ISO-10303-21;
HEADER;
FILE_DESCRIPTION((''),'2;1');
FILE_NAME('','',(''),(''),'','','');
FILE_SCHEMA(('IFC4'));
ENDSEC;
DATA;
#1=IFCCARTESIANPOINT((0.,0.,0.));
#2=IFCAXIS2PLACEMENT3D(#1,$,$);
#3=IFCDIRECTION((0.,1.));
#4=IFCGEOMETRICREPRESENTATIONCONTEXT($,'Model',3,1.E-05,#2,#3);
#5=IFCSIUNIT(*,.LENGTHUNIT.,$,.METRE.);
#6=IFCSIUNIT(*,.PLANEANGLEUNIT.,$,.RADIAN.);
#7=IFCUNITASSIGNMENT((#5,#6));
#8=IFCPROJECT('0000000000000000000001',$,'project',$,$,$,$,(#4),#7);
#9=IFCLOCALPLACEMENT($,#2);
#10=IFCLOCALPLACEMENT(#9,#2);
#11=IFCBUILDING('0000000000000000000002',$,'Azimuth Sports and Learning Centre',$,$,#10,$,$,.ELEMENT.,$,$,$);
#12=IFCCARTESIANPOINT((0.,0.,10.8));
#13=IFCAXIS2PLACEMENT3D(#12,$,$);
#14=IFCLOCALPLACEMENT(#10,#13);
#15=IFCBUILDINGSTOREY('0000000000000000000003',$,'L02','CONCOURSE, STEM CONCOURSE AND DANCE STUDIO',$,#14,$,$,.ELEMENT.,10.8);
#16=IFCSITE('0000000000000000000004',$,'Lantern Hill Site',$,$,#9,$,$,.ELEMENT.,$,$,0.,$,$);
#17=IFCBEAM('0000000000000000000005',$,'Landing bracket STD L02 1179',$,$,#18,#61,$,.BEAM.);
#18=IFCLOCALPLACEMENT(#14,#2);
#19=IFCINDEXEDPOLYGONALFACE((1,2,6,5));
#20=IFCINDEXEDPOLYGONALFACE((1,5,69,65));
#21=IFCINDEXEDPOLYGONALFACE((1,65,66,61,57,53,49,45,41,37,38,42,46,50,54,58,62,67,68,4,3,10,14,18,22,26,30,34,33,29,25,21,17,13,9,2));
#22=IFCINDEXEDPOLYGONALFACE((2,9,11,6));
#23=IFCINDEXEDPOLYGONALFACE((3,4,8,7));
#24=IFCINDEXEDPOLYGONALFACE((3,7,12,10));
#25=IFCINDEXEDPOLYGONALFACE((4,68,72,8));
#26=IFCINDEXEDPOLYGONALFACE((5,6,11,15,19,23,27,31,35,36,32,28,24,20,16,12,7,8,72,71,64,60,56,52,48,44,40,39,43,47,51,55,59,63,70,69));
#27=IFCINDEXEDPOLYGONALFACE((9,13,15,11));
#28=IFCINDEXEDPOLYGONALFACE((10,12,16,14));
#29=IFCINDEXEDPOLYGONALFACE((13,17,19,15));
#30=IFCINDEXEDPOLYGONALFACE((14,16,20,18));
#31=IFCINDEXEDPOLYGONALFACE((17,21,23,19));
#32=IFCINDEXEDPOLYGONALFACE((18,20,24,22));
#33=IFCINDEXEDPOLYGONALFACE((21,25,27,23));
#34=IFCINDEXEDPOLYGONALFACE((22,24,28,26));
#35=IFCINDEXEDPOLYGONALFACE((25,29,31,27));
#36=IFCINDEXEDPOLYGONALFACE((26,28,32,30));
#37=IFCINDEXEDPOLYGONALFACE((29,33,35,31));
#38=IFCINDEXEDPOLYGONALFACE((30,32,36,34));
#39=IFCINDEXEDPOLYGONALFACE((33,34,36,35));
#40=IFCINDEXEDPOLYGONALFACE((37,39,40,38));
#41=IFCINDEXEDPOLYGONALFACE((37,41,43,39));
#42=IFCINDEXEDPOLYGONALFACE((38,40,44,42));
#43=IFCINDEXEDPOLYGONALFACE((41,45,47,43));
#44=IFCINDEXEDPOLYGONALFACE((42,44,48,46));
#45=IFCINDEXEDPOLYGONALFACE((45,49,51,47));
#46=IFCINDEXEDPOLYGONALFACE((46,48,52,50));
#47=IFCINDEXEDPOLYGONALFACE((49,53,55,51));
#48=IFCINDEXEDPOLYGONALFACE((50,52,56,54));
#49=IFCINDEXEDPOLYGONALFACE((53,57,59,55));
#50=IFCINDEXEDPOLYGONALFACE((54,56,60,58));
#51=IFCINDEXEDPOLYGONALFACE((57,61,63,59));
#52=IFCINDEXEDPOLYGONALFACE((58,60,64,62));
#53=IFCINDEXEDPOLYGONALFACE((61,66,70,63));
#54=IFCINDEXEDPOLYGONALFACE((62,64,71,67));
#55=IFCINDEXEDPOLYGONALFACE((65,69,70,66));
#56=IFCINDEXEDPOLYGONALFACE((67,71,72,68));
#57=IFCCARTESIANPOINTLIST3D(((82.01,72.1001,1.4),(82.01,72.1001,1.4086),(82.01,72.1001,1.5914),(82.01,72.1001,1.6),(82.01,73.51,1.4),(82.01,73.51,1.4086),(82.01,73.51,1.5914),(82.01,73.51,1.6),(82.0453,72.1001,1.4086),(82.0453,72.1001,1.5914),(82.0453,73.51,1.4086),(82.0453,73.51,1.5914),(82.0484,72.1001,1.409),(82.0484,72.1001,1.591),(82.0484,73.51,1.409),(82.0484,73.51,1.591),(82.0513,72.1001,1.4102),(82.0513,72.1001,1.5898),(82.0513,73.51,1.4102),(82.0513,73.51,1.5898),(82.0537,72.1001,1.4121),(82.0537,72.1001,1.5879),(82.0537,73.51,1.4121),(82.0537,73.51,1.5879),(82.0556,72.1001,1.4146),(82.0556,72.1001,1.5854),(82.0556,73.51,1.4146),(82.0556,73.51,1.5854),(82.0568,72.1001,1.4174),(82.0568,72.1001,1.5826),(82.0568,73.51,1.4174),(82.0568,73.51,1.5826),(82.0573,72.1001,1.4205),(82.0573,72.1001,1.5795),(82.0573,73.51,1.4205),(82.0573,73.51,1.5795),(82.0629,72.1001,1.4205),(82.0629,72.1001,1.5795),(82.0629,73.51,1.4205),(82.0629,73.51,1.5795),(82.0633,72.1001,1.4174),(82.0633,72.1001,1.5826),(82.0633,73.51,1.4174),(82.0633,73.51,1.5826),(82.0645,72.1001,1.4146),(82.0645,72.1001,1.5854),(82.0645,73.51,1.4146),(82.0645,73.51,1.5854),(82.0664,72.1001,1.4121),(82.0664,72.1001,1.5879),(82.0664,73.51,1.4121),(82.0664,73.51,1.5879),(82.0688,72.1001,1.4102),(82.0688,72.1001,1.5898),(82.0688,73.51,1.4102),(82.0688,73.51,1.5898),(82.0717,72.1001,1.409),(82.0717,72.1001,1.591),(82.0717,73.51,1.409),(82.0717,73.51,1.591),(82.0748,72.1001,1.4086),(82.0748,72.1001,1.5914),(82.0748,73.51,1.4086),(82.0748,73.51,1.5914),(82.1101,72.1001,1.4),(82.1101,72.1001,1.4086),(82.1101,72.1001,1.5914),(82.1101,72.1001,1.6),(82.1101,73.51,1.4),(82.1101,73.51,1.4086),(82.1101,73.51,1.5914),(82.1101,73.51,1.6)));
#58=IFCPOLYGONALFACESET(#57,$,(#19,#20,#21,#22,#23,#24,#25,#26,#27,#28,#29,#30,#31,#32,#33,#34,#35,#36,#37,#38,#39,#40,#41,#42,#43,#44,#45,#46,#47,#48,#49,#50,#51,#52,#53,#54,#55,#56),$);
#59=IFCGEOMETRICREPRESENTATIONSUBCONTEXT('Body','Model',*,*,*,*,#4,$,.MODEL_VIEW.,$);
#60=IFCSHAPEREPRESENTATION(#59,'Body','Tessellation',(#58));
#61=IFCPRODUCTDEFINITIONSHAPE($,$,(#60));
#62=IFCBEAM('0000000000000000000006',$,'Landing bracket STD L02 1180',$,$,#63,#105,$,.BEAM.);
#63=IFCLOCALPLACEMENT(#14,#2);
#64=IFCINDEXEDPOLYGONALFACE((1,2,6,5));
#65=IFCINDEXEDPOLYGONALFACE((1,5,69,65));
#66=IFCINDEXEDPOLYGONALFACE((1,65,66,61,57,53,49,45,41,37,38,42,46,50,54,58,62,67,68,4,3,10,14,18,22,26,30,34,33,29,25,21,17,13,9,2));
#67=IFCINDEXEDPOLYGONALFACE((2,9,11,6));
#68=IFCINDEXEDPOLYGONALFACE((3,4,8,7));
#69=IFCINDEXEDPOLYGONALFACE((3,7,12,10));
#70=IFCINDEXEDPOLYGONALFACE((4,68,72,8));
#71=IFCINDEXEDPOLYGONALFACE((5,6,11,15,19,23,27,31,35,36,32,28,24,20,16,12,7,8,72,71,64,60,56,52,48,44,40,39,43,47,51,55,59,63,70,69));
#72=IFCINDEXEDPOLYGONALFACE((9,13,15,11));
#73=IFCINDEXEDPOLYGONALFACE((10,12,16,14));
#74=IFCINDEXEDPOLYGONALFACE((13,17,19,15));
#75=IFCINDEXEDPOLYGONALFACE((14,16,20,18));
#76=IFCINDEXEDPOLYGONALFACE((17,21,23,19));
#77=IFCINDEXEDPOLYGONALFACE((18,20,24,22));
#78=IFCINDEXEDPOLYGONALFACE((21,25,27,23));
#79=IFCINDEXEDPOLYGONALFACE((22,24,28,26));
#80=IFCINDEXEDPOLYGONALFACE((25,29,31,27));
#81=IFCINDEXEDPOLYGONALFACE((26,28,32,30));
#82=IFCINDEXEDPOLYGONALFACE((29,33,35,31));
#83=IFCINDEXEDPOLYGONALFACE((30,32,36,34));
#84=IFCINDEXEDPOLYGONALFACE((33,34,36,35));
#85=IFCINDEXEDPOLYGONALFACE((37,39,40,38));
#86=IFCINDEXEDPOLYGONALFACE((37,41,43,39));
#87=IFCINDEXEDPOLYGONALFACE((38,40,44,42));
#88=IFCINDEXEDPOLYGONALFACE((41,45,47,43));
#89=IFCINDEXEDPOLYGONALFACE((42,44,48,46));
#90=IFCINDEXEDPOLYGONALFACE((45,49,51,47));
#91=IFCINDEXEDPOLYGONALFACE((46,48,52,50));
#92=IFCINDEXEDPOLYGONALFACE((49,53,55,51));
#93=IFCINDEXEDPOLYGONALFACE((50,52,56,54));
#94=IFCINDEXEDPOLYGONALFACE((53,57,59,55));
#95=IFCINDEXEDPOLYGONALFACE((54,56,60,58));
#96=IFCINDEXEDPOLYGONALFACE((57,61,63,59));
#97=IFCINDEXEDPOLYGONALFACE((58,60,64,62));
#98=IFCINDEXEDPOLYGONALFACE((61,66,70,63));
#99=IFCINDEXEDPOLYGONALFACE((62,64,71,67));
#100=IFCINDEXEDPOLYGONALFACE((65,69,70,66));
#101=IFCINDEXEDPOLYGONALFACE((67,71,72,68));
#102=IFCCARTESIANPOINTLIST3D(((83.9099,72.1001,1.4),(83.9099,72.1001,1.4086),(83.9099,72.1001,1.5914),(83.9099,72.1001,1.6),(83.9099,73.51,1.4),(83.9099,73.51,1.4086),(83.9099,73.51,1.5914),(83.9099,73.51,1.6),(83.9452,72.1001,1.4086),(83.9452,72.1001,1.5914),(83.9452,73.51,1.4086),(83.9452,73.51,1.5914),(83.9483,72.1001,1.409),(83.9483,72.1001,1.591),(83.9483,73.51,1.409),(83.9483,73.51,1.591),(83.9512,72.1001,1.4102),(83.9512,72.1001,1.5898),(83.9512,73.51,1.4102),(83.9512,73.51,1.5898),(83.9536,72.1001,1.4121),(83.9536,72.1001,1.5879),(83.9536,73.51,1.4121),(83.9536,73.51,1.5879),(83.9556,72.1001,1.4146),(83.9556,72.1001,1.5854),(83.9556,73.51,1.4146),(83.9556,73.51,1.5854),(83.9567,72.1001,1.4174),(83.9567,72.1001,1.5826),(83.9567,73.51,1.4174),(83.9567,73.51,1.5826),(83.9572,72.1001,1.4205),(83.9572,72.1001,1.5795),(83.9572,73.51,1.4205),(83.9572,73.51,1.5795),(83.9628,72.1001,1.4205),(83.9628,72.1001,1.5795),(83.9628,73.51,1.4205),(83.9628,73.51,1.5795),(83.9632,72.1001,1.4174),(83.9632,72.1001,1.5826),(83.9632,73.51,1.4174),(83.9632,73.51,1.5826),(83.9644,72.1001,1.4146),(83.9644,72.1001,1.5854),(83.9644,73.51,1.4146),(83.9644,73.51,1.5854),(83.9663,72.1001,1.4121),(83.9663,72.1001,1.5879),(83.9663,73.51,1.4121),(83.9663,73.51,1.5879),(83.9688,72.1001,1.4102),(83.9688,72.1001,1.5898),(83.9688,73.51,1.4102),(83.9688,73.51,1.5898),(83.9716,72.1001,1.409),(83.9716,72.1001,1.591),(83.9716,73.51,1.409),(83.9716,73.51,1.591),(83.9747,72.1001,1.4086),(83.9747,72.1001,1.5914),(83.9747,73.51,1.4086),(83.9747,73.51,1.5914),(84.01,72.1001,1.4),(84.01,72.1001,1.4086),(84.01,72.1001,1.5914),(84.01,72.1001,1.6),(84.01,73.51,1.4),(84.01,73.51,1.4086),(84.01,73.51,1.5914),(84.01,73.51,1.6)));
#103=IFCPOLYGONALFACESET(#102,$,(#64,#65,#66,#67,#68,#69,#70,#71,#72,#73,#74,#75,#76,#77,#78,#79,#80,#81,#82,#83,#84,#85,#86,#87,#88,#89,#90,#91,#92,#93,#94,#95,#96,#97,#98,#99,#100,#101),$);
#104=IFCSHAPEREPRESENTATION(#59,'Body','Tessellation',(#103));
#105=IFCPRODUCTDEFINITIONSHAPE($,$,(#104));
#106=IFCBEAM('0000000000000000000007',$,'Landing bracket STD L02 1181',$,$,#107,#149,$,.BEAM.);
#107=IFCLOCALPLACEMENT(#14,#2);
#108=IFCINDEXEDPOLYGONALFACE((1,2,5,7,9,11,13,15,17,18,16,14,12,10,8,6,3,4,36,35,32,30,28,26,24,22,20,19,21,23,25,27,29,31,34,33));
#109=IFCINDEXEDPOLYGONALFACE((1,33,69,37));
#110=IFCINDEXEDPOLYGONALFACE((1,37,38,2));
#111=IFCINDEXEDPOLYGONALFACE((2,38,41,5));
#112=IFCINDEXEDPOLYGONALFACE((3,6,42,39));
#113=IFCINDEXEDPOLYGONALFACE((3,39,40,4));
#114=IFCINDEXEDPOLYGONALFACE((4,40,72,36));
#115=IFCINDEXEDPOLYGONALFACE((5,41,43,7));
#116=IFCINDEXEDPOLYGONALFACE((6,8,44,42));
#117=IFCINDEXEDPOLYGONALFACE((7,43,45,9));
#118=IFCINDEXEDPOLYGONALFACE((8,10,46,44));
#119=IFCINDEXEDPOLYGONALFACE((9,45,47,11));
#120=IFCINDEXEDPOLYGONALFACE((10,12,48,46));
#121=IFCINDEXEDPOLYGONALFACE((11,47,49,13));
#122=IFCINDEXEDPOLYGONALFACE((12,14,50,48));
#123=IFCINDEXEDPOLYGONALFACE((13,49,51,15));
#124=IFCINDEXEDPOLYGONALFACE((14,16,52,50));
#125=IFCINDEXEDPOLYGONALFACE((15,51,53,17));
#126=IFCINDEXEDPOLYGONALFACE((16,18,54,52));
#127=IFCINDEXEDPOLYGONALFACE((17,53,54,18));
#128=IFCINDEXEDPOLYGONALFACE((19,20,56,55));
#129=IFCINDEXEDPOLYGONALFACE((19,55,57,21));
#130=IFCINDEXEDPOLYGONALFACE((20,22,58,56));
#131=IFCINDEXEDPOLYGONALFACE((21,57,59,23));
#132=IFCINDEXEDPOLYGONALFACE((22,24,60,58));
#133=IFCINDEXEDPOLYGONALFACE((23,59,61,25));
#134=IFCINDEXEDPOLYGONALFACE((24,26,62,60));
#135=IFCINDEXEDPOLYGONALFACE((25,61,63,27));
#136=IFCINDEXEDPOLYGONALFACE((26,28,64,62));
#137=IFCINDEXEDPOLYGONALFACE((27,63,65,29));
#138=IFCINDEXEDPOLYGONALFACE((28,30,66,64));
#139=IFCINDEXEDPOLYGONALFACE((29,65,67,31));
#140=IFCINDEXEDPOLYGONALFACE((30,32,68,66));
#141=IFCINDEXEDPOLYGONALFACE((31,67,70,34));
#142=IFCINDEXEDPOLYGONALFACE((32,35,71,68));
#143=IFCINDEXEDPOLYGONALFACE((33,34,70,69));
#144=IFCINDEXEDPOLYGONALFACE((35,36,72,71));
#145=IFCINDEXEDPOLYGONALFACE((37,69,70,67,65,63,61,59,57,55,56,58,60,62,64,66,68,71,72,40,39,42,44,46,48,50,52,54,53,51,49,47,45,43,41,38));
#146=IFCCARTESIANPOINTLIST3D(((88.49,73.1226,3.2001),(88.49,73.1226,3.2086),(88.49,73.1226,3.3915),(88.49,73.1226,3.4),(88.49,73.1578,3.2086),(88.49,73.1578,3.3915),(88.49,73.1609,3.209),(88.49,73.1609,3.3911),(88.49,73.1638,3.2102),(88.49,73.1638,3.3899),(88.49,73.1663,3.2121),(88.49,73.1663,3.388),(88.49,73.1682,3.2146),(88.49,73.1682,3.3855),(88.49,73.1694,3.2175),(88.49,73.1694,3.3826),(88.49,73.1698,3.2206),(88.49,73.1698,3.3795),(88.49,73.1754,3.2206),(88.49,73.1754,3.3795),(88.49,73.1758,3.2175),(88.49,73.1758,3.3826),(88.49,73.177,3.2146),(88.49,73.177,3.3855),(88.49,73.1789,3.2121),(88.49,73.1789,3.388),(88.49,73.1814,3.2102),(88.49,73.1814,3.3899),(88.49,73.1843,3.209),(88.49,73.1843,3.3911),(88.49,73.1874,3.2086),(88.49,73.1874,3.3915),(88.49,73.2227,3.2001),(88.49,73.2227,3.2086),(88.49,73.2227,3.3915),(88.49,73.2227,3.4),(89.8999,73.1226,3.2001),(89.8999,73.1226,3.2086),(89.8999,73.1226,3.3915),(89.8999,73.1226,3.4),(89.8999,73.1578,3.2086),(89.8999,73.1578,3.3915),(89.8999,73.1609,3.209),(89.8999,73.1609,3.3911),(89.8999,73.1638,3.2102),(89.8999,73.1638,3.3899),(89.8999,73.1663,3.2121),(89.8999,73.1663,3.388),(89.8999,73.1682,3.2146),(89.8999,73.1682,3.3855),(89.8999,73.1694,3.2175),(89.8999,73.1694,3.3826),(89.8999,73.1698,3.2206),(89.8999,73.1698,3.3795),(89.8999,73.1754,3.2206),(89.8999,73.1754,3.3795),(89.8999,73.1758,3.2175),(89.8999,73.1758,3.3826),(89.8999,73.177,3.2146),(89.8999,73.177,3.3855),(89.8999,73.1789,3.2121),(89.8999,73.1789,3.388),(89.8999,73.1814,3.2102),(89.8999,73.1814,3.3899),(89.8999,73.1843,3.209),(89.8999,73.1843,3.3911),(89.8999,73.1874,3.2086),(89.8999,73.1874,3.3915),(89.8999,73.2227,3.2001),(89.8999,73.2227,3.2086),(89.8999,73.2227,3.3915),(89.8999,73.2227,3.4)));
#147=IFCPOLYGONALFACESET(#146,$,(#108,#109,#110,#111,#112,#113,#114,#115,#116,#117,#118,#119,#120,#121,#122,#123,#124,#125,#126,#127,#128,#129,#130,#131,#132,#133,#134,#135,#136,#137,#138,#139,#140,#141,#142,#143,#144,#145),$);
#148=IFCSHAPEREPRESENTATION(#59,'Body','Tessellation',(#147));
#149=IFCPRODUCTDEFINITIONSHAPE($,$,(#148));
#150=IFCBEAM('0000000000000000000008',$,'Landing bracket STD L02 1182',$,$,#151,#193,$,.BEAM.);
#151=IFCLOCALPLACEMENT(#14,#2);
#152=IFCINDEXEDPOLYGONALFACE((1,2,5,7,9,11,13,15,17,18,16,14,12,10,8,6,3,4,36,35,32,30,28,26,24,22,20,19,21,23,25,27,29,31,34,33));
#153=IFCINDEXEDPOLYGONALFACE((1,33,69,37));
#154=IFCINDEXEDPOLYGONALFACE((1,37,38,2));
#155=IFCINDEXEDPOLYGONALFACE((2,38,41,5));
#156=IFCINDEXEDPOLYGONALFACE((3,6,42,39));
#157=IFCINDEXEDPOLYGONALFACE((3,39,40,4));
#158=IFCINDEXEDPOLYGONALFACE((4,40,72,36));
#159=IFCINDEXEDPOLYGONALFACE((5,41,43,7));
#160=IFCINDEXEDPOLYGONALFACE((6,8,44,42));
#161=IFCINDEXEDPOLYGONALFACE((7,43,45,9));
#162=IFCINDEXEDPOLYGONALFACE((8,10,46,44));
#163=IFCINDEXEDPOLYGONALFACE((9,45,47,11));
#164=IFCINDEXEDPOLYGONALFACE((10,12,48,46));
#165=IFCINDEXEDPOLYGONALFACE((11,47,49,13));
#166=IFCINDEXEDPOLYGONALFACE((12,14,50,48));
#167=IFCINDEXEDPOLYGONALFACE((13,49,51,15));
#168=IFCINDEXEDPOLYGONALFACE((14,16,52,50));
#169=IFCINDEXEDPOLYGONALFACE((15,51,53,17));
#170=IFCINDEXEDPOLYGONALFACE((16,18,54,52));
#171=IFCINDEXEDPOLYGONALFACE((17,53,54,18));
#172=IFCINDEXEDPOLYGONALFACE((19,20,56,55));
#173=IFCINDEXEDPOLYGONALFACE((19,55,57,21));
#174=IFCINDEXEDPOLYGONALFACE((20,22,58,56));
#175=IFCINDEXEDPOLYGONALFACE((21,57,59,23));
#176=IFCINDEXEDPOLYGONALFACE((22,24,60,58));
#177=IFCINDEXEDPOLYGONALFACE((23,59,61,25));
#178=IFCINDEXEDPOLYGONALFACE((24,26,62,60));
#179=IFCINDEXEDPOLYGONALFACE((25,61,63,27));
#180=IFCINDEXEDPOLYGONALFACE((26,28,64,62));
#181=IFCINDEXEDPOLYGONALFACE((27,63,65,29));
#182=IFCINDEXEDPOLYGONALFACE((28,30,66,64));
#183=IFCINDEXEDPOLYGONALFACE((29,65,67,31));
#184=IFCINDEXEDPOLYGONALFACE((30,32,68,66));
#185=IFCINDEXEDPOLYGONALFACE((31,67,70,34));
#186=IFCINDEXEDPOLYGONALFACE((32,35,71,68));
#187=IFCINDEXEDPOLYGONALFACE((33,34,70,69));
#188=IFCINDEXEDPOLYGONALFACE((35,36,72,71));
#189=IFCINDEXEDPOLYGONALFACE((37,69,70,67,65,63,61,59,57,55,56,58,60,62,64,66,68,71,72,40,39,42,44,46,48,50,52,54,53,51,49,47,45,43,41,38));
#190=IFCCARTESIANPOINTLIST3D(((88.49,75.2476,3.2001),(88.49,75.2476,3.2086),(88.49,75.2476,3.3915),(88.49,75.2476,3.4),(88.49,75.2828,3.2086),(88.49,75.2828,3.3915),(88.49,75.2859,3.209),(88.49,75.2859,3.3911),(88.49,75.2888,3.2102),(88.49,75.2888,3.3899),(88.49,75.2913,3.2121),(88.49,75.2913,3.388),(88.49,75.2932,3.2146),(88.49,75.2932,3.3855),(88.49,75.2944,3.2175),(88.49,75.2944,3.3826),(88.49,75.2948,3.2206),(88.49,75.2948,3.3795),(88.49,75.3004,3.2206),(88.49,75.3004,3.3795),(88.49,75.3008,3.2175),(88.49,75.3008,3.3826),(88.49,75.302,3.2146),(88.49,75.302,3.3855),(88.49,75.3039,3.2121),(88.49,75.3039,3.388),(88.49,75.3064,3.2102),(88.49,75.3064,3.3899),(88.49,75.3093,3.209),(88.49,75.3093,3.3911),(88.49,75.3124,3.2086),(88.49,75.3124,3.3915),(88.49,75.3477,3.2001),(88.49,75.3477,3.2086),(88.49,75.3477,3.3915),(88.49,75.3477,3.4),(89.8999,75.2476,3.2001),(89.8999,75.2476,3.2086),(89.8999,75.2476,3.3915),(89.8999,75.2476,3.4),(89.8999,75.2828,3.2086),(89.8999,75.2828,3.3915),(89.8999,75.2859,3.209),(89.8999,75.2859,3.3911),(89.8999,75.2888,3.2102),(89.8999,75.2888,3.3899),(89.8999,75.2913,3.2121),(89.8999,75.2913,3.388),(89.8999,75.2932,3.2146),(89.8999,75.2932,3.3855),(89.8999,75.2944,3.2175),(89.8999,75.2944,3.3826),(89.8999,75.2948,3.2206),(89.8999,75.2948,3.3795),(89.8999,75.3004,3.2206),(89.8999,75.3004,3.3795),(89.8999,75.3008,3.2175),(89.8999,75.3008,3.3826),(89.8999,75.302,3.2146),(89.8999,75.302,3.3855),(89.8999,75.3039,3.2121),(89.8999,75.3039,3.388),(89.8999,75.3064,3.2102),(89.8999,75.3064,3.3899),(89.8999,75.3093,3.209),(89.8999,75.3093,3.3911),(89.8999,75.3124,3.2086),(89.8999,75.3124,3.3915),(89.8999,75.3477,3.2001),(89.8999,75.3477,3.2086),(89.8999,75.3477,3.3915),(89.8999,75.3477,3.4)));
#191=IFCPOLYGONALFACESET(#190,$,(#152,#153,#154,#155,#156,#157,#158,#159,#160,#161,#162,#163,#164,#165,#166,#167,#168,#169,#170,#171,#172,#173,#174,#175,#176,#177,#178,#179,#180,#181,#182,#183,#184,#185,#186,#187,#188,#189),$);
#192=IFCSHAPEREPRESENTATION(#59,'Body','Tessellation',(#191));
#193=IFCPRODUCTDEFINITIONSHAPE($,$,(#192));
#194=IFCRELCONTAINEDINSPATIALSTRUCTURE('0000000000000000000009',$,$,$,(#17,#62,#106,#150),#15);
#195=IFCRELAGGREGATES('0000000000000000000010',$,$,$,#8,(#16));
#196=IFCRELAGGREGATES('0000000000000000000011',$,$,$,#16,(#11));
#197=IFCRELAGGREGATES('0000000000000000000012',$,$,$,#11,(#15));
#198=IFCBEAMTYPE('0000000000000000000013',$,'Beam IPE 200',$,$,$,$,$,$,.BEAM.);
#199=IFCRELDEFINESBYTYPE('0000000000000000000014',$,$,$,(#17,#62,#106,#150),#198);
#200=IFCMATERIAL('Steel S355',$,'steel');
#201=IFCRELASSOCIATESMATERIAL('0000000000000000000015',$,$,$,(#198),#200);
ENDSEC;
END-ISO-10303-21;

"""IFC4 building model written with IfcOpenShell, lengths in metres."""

from ifc_helpers import new_model, si_unit, direction, frame, origin, origin_2d, place, context, subcontext, project, spatial, i_section, extrude, material, material_profile, profile_set, type_object, element, save


model = new_model("IFC4")

# Units and contexts
model_context = context("Model", 3, precision=1e-05, world=origin(), true_north=direction((0.0, 1.0)))
body_context = subcontext(model_context, "Body", "Model", "MODEL_VIEW")
ifc_project = project(units=[si_unit("LENGTHUNIT", "METRE"), si_unit("PLANEANGLEUNIT", "RADIAN")], contexts=[model_context])

# Site, building, storey
site_placement = place(None, origin())
site = spatial("IfcSite", under=ifc_project, at=site_placement, Name="Lantern Hill Site", CompositionType="ELEMENT", RefElevation=0.0)
building_placement = place(site_placement, origin())
building = spatial("IfcBuilding", under=site, at=building_placement, Name="Azimuth Sports and Learning Centre", CompositionType="ELEMENT")
storey_placement = place(building_placement, frame((0.0, 0.0, 10.8)))
storey = spatial("IfcBuildingStorey", under=building, at=storey_placement, Name="L02", Description="CONCOURSE, STEM CONCOURSE AND DANCE STUDIO", CompositionType="ELEMENT", Elevation=10.8)

# Beams
ifc_material_1 = material(Name="Steel S355", Category="steel")
ifc_material_profile_1 = material_profile(ifc_material_1, i_section(OverallWidth=0.1001, OverallDepth=0.2, WebThickness=0.0056, FlangeThickness=0.0085, FilletRadius=0.012, at=origin_2d()), Name="IPE 200")
ifc_profile_set_1 = profile_set([ifc_material_profile_1], Name="Steel S355")
beam_type_1 = type_object("IfcBeamType", Name="Beam IPE 200", PredefinedType="BEAM", material=ifc_profile_set_1)
for number, where, z_axis, x_axis, name in (
    (1, (82.0601, 72.1001, 1.5), (0.0, 1.0, 0.0), (-1.0, 0.0, 0.0), "Landing bracket STD L02 1179"),
    (2, (83.96, 72.1001, 1.5), (0.0, 1.0, 0.0), (-1.0, 0.0, 0.0), "Landing bracket STD L02 1180"),
    (3, (89.8999, 73.1726, 3.3), (-1.0, 0.0, 0.0), (0.0, -1.0, 0.0), "Landing bracket STD L02 1181"),
    (4, (89.8999, 75.2976, 3.3), (-1.0, 0.0, 0.0), (0.0, -1.0, 0.0), "Landing bracket STD L02 1182"),
):
    element("IfcBeam", number, at=place(storey_placement, frame(where, z_axis=z_axis, x_axis=x_axis)), inside=storey, type_object=beam_type_1, Name=name, PredefinedType="BEAM", context=body_context, shape_type="SweptSolid", body=[
        extrude(i_section(OverallWidth=0.1001, OverallDepth=0.2, WebThickness=0.0056, FlangeThickness=0.0085, FilletRadius=0.012, at=origin_2d()), origin(), (0.0, 0.0, 1.0), 1.4099),
    ])

save(model, "model.ifc")
